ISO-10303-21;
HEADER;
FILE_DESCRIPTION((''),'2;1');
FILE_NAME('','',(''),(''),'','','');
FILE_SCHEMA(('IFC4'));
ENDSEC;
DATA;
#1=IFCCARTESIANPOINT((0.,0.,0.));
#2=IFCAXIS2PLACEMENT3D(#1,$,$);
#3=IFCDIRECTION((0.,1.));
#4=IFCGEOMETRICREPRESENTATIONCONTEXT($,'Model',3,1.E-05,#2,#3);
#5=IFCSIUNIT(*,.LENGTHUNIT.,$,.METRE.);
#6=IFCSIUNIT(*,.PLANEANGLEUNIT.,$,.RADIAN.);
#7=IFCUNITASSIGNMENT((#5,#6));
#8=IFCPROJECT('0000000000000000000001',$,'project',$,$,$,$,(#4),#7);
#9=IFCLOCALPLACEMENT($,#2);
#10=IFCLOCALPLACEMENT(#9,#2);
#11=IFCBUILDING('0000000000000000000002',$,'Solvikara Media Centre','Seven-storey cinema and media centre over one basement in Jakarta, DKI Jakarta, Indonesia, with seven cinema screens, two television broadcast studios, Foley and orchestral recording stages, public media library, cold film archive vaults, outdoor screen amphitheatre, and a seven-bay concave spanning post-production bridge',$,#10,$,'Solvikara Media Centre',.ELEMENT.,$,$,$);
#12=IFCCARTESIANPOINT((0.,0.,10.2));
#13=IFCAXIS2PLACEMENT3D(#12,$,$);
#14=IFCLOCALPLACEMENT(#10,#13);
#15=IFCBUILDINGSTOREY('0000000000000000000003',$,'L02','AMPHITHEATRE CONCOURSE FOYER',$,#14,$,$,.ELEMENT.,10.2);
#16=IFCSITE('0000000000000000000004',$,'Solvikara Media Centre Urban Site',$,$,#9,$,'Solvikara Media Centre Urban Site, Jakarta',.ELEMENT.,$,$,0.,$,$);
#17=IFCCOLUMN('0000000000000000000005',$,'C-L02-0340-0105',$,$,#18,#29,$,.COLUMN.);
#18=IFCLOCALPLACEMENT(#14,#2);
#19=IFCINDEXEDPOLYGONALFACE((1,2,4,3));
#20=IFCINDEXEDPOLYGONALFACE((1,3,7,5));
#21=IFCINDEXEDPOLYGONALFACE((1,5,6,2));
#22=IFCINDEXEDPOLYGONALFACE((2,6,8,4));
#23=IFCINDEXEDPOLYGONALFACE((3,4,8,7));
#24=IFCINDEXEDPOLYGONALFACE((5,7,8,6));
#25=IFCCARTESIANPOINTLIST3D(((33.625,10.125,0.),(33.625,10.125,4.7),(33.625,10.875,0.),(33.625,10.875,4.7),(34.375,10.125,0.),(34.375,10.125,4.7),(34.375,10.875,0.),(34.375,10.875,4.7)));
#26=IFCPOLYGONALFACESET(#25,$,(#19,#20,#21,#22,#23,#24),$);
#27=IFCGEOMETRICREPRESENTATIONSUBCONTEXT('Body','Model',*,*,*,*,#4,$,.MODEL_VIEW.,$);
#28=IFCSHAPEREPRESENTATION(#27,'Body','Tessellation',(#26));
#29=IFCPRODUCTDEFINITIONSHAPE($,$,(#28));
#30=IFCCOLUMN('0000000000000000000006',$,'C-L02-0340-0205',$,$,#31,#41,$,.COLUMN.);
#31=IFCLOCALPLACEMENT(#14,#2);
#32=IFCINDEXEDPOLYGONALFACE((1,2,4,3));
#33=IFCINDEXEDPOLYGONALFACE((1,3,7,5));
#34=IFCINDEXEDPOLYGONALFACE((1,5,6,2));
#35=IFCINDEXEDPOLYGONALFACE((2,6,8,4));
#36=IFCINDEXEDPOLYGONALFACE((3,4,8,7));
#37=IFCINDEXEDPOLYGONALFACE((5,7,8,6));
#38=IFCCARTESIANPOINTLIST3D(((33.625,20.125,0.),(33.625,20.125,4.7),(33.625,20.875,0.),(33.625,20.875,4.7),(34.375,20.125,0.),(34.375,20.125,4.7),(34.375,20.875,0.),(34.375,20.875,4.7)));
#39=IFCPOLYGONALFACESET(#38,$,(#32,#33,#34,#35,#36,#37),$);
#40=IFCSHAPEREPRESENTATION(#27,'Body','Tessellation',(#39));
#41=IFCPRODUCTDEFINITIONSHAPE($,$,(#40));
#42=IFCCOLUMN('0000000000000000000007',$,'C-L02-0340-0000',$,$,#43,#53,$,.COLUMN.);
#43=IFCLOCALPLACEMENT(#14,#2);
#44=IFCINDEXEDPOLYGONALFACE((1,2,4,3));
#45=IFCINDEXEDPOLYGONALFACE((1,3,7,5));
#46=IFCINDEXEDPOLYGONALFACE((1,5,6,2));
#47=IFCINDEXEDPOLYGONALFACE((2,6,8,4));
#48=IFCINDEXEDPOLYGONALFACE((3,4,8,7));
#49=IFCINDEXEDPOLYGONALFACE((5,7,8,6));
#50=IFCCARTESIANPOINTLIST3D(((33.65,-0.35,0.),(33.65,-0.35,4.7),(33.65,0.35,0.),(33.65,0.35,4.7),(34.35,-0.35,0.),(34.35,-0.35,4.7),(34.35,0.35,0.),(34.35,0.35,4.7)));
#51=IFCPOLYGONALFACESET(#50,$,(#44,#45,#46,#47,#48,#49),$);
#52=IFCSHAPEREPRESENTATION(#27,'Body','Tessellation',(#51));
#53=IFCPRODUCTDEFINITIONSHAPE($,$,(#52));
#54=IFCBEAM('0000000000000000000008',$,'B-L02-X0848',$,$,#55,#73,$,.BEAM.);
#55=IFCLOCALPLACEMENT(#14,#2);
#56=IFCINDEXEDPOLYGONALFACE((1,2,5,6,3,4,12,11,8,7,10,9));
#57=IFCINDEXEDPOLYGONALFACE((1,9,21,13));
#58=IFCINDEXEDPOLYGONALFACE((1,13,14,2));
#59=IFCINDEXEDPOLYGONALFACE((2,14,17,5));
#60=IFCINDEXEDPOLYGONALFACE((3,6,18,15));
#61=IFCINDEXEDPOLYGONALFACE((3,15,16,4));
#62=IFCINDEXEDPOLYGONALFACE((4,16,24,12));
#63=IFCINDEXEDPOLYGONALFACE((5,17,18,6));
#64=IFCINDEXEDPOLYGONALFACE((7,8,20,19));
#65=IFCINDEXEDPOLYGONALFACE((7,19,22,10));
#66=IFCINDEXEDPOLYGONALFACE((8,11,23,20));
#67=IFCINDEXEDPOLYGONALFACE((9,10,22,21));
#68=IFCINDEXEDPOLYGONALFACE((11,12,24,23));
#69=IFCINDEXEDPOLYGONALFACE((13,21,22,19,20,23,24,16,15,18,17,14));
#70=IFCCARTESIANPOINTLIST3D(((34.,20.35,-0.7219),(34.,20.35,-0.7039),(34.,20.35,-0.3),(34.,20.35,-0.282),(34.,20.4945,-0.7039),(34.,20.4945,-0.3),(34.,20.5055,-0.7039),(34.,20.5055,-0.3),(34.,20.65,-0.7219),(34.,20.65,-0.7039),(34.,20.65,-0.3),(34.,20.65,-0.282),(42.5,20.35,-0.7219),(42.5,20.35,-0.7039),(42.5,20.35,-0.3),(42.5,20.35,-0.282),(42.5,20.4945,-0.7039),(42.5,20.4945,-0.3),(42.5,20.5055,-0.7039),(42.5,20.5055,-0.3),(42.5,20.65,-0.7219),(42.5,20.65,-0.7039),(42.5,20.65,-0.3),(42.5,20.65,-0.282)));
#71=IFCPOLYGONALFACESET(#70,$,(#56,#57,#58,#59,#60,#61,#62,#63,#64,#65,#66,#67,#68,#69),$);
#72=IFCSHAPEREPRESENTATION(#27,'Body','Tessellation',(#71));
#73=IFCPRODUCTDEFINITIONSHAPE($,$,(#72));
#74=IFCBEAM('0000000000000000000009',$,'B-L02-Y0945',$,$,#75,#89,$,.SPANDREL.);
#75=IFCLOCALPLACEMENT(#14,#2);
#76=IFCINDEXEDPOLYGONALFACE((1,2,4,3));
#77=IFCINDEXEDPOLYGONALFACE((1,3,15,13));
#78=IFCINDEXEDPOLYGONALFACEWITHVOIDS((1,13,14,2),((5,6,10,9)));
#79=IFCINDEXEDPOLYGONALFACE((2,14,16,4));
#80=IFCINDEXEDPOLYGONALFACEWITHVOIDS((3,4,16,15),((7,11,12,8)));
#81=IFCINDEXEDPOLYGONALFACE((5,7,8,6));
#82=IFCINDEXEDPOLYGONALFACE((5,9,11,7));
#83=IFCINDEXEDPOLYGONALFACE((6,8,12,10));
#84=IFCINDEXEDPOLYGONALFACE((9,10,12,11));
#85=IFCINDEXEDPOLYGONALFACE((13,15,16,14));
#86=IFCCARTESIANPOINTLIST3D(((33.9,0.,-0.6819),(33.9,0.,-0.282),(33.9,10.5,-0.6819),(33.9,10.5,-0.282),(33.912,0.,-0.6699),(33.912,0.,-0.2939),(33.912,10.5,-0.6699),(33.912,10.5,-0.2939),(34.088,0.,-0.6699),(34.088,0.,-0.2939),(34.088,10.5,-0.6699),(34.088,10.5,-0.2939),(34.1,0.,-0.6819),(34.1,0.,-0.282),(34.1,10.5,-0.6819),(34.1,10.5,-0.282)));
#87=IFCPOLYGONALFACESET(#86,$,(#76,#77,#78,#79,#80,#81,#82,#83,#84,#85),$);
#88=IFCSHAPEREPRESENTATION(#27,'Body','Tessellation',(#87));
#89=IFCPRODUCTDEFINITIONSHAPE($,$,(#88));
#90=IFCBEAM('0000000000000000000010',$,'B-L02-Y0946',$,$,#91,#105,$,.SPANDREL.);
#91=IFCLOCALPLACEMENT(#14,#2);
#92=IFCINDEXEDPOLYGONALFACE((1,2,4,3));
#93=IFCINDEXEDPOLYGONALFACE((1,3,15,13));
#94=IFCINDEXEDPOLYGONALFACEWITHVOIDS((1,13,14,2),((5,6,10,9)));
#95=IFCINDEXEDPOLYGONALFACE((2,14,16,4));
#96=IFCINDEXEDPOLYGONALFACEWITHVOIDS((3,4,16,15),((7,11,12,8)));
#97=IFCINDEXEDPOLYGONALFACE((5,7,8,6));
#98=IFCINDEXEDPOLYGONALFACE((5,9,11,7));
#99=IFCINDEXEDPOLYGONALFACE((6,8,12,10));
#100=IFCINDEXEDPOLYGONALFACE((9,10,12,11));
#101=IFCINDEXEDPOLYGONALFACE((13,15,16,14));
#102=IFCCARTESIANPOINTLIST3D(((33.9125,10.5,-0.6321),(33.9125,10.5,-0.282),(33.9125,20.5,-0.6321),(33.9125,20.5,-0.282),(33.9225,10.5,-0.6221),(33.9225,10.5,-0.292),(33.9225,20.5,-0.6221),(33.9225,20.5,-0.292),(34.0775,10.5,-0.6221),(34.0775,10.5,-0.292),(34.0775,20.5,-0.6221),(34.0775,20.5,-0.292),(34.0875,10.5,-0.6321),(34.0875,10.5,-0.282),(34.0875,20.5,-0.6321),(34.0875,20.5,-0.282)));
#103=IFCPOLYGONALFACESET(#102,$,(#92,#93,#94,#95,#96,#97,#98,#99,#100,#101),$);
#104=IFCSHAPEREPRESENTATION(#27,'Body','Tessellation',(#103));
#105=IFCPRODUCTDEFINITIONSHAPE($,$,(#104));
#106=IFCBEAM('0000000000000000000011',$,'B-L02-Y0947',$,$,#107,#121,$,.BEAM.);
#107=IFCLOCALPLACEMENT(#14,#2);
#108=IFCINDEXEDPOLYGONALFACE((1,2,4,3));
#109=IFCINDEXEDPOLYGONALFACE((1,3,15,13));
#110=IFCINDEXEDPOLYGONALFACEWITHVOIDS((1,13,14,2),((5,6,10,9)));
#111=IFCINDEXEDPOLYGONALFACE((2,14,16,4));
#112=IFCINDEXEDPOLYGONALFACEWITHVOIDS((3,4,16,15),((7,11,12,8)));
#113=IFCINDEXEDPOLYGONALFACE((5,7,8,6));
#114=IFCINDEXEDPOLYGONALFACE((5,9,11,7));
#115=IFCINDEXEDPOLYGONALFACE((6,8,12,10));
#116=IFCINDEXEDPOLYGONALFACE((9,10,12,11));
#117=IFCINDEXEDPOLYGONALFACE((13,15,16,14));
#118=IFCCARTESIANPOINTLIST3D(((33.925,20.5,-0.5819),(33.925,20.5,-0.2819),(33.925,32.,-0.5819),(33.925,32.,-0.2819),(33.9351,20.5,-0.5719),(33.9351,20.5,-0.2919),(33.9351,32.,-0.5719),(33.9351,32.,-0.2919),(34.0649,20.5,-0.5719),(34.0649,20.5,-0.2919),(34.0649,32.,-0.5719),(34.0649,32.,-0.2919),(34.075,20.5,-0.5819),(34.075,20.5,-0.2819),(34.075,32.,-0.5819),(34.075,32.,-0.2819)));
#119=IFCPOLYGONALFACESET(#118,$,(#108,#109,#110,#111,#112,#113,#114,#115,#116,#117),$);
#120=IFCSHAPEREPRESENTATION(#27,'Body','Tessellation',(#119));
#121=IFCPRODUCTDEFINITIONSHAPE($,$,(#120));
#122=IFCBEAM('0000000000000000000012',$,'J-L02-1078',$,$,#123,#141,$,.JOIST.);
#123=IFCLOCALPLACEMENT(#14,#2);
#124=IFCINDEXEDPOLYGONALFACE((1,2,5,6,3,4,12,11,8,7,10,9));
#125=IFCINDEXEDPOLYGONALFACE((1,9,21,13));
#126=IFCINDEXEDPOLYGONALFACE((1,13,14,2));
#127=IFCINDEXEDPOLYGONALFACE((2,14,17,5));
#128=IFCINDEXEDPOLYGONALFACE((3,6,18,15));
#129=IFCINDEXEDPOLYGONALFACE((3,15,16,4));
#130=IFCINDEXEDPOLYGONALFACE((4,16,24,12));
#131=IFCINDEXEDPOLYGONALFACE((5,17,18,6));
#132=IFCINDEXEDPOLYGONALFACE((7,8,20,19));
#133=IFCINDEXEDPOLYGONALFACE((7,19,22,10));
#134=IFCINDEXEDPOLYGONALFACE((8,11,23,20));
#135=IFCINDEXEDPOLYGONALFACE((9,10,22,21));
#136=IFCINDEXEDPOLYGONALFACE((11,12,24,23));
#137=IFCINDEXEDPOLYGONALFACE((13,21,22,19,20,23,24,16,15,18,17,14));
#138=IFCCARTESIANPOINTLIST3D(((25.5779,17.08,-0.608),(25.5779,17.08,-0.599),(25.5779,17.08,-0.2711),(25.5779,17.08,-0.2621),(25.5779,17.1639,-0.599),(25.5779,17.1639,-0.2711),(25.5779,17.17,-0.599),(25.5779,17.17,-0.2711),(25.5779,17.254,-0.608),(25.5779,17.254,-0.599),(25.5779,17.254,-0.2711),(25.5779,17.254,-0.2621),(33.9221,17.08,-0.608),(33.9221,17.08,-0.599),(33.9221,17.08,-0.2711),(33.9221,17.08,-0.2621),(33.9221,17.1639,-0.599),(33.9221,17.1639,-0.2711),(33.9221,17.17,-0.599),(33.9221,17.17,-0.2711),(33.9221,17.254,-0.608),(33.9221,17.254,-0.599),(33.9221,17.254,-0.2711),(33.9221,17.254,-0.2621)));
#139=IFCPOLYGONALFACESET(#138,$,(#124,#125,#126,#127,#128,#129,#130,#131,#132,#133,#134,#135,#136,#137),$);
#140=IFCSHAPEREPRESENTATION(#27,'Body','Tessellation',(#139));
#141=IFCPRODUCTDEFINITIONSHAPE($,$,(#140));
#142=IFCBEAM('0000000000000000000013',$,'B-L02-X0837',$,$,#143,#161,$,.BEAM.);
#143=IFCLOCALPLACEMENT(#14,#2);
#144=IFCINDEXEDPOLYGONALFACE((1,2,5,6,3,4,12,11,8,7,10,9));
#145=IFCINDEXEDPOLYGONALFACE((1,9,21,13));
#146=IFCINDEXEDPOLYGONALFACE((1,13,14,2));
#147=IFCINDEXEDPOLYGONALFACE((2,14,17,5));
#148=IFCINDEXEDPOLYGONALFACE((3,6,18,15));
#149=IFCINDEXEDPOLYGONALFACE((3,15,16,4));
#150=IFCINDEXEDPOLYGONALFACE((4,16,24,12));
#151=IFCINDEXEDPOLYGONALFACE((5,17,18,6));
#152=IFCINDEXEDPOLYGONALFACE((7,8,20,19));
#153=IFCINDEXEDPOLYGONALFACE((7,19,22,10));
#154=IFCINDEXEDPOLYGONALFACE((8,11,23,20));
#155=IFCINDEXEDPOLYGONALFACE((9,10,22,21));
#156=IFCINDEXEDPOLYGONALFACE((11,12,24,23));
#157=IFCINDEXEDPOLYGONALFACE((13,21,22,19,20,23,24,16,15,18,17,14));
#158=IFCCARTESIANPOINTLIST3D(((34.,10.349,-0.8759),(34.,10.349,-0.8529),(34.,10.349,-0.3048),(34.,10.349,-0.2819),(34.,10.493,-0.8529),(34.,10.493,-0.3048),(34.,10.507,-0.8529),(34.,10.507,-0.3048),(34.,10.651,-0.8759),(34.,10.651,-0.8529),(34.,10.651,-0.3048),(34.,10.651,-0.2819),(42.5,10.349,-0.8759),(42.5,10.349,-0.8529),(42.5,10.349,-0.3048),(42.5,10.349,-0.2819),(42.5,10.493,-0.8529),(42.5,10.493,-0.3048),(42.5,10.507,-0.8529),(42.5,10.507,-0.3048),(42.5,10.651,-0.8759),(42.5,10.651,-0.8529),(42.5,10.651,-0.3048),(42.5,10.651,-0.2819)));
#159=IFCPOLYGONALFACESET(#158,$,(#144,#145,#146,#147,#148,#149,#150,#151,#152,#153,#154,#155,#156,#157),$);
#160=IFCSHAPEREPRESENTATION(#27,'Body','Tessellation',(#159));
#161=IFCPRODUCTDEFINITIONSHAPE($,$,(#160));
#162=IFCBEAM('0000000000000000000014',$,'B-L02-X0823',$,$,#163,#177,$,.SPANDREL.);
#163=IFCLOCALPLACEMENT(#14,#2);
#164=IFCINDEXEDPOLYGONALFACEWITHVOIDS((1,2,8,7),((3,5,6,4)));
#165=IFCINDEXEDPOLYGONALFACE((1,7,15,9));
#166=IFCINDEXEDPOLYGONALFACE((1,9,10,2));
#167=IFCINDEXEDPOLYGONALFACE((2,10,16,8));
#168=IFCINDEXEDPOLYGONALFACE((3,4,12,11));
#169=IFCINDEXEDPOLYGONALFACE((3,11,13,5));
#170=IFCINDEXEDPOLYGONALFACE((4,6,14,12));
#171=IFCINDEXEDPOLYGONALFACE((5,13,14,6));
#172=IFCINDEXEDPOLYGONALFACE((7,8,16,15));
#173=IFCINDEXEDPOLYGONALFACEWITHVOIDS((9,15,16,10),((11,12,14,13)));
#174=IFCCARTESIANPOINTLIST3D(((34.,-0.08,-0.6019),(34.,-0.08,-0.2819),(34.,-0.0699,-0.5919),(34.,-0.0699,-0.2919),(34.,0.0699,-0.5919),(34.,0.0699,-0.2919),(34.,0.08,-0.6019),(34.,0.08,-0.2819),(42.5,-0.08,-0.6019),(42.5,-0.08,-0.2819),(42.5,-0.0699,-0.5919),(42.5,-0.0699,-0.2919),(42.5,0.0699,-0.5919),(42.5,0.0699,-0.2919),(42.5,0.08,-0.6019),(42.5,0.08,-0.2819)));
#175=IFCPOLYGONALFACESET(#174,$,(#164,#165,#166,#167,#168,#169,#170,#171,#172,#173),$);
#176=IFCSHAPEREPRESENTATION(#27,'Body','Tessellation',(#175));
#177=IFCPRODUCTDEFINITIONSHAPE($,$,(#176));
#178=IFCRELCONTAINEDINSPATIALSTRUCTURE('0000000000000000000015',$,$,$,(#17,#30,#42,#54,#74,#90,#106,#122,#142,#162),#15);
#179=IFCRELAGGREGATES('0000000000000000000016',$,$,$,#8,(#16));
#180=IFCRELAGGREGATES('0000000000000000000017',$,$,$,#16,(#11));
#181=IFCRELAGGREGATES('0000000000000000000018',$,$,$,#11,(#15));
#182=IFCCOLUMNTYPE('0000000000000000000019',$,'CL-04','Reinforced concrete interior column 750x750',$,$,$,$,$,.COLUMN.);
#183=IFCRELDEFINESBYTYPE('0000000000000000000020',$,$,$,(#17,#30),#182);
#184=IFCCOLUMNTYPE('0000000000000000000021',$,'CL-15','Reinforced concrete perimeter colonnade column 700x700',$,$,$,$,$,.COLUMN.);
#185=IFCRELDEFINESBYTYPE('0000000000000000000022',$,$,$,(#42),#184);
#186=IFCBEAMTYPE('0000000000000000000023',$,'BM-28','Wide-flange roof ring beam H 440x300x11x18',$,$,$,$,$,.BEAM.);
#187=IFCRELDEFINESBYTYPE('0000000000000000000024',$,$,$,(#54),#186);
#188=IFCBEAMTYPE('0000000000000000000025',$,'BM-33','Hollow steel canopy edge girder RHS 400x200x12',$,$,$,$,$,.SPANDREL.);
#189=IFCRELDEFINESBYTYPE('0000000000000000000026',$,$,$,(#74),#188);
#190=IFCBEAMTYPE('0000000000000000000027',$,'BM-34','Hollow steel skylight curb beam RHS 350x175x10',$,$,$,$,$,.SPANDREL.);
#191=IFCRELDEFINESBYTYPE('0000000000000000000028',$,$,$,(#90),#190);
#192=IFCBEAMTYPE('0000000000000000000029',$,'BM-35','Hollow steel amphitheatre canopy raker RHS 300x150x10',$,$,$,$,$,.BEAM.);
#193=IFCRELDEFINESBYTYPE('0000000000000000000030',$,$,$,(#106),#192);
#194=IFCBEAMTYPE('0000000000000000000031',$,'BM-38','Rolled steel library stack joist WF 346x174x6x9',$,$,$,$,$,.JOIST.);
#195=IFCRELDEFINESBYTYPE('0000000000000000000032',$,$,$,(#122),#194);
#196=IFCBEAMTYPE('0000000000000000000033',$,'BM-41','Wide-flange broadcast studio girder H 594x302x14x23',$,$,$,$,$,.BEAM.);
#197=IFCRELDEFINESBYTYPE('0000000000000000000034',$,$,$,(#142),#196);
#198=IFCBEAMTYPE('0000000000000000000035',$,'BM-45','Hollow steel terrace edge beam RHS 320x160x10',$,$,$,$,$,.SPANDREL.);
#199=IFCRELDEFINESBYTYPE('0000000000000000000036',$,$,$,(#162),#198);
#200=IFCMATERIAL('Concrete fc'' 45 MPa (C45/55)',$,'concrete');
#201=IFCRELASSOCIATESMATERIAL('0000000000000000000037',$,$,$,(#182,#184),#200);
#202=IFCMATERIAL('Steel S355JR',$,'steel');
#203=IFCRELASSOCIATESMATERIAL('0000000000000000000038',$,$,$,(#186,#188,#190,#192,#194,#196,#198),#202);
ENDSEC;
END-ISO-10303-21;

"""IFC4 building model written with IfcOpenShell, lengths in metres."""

from ifc_helpers import new_model, si_unit, direction, frame, origin, origin_2d, place, context, subcontext, project, spatial, rectangle, hollow_rectangle, i_section, extrude, material, material_profile, profile_set, type_object, element, save


model = new_model("IFC4")

# Units and contexts
model_context = context("Model", 3, precision=1e-05, world=origin(), true_north=direction((0.0, 1.0)))
body_context = subcontext(model_context, "Body", "Model", "MODEL_VIEW")
ifc_project = project(units=[si_unit("LENGTHUNIT", "METRE"), si_unit("PLANEANGLEUNIT", "RADIAN")], contexts=[model_context])

# Site, building, storey
site_placement = place(None, origin())
site = spatial("IfcSite", under=ifc_project, at=site_placement, Name="Solvikara Media Centre Urban Site", LongName="Solvikara Media Centre Urban Site, Jakarta", CompositionType="ELEMENT", RefElevation=0.0)
building_placement = place(site_placement, origin())
building = spatial("IfcBuilding", under=site, at=building_placement, Name="Solvikara Media Centre", Description="Seven-storey cinema and media centre over one basement in Jakarta, DKI Jakarta, Indonesia, with seven cinema screens, two television broadcast studios, Foley and orchestral recording stages, public media library, cold film archive vaults, outdoor screen amphitheatre, and a seven-bay concave spanning post-production bridge", LongName="Solvikara Media Centre", CompositionType="ELEMENT")
storey_placement = place(building_placement, frame((0.0, 0.0, 10.2)))
storey = spatial("IfcBuildingStorey", under=building, at=storey_placement, Name="L02", Description="AMPHITHEATRE CONCOURSE FOYER", CompositionType="ELEMENT", Elevation=10.2)

# Columns
ifc_material_1 = material(Name="Concrete fc' 45 MPa (C45/55)", Category="concrete")
ifc_material_profile_1 = material_profile(ifc_material_1, rectangle(XDim=0.75, YDim=0.75, at=origin_2d()), Name="RC 750x750")
ifc_profile_set_1 = profile_set([ifc_material_profile_1], Name="Concrete fc' 45 MPa (C45/55)")
column_type_1 = type_object("IfcColumnType", Name="CL-04", Description="Reinforced concrete interior column 750x750", PredefinedType="COLUMN", material=ifc_profile_set_1)
for number, where, z_axis, x_axis, name in (
    (1, (34.0, 10.5, 0.0), (0.0, 0.0, 1.0), (1.0, 0.0, 0.0), "C-L02-0340-0105"),
    (2, (34.0, 20.5, 0.0), (0.0, 0.0, 1.0), (1.0, 0.0, 0.0), "C-L02-0340-0205"),
):
    element("IfcColumn", number, at=place(storey_placement, frame(where, z_axis=z_axis, x_axis=x_axis)), inside=storey, type_object=column_type_1, Name=name, PredefinedType="COLUMN", context=body_context, shape_type="SweptSolid", body=[
        extrude(rectangle(XDim=0.75, YDim=0.75, at=origin_2d()), origin(), (0.0, 0.0, 1.0), 4.7),
    ])
ifc_material_profile_2 = material_profile(ifc_material_1, rectangle(XDim=0.7, YDim=0.7, at=origin_2d()), Name="RC 700x700")
ifc_profile_set_2 = profile_set([ifc_material_profile_2], Name="Concrete fc' 45 MPa (C45/55)")
column_type_2 = type_object("IfcColumnType", Name="CL-15", Description="Reinforced concrete perimeter colonnade column 700x700", PredefinedType="COLUMN", material=ifc_profile_set_2)
column_placement = place(storey_placement, frame((34.0, 0.0, 0.0), z_axis=(0.0, 0.0, 1.0), x_axis=(1.0, 0.0, 0.0)))
element("IfcColumn", 3, at=column_placement, inside=storey, type_object=column_type_2, Name="C-L02-0340-0000", PredefinedType="COLUMN", context=body_context, shape_type="SweptSolid", body=[
    extrude(rectangle(XDim=0.7, YDim=0.7, at=origin_2d()), origin(), (0.0, 0.0, 1.0), 4.7),
])

# Beams
ifc_material_2 = material(Name="Steel S355JR", Category="steel")
ifc_material_profile_3 = material_profile(ifc_material_2, i_section(OverallWidth=0.3, OverallDepth=0.4399, WebThickness=0.011, FlangeThickness=0.0181, at=origin_2d()), Name="H 440x300x11x18")
ifc_profile_set_3 = profile_set([ifc_material_profile_3], Name="Steel S355JR")
beam_type_1 = type_object("IfcBeamType", Name="BM-28", Description="Wide-flange roof ring beam H 440x300x11x18", PredefinedType="BEAM", material=ifc_profile_set_3)
beam_1_placement = place(storey_placement, frame((34.0, 20.5, -0.502), z_axis=(1.0, 0.0, 0.0), x_axis=(0.0, 1.0, 0.0)))
element("IfcBeam", 4, at=beam_1_placement, inside=storey, type_object=beam_type_1, Name="B-L02-X0848", PredefinedType="BEAM", context=body_context, shape_type="SweptSolid", body=[
    extrude(i_section(OverallWidth=0.3, OverallDepth=0.4399, WebThickness=0.011, FlangeThickness=0.0181, at=origin_2d()), origin(), (0.0, 0.0, 1.0), 8.5),
])
ifc_material_profile_4 = material_profile(ifc_material_2, hollow_rectangle(XDim=0.2, YDim=0.3999, WallThickness=0.012, at=origin_2d()), Name="RHS 400x200x12")
ifc_profile_set_4 = profile_set([ifc_material_profile_4], Name="Steel S355JR")
beam_type_2 = type_object("IfcBeamType", Name="BM-33", Description="Hollow steel canopy edge girder RHS 400x200x12", PredefinedType="SPANDREL", material=ifc_profile_set_4)
beam_2_placement = place(storey_placement, frame((34.0, 0.0, -0.4819), z_axis=(0.0, 1.0, 0.0), x_axis=(-1.0, 0.0, 0.0)))
element("IfcBeam", 5, at=beam_2_placement, inside=storey, type_object=beam_type_2, Name="B-L02-Y0945", PredefinedType="SPANDREL", context=body_context, shape_type="SweptSolid", body=[
    extrude(hollow_rectangle(XDim=0.2, YDim=0.3999, WallThickness=0.012, at=origin_2d()), origin(), (0.0, 0.0, 1.0), 10.5),
])
ifc_material_profile_5 = material_profile(ifc_material_2, hollow_rectangle(XDim=0.175, YDim=0.3501, WallThickness=0.01, at=origin_2d()), Name="RHS 350x175x10")
ifc_profile_set_5 = profile_set([ifc_material_profile_5], Name="Steel S355JR")
beam_type_3 = type_object("IfcBeamType", Name="BM-34", Description="Hollow steel skylight curb beam RHS 350x175x10", PredefinedType="SPANDREL", material=ifc_profile_set_5)
beam_3_placement = place(storey_placement, frame((34.0, 10.5, -0.457), z_axis=(0.0, 1.0, 0.0), x_axis=(-1.0, 0.0, 0.0)))
element("IfcBeam", 6, at=beam_3_placement, inside=storey, type_object=beam_type_3, Name="B-L02-Y0946", PredefinedType="SPANDREL", context=body_context, shape_type="SweptSolid", body=[
    extrude(hollow_rectangle(XDim=0.175, YDim=0.3501, WallThickness=0.01, at=origin_2d()), origin(), (0.0, 0.0, 1.0), 10.0),
])
ifc_material_profile_6 = material_profile(ifc_material_2, hollow_rectangle(XDim=0.1499, YDim=0.3, WallThickness=0.01, at=origin_2d()), Name="RHS 300x150x10")
ifc_profile_set_6 = profile_set([ifc_material_profile_6], Name="Steel S355JR")
beam_type_4 = type_object("IfcBeamType", Name="BM-35", Description="Hollow steel amphitheatre canopy raker RHS 300x150x10", PredefinedType="BEAM", material=ifc_profile_set_6)
beam_4_placement = place(storey_placement, frame((34.0, 20.5, -0.4319), z_axis=(0.0, 1.0, 0.0), x_axis=(-1.0, 0.0, 0.0)))
element("IfcBeam", 7, at=beam_4_placement, inside=storey, type_object=beam_type_4, Name="B-L02-Y0947", PredefinedType="BEAM", context=body_context, shape_type="SweptSolid", body=[
    extrude(hollow_rectangle(XDim=0.1499, YDim=0.3, WallThickness=0.01, at=origin_2d()), origin(), (0.0, 0.0, 1.0), 11.5),
])
ifc_material_profile_7 = material_profile(ifc_material_2, i_section(OverallWidth=0.1741, OverallDepth=0.3459, WebThickness=0.0061, FlangeThickness=0.009, at=origin_2d()), Name="WF 346x174x6x9")
ifc_profile_set_7 = profile_set([ifc_material_profile_7], Name="Steel S355JR")
beam_type_5 = type_object("IfcBeamType", Name="BM-38", Description="Rolled steel library stack joist WF 346x174x6x9", PredefinedType="JOIST", material=ifc_profile_set_7)
beam_5_placement = place(storey_placement, frame((25.5779, 17.167, -0.4351), z_axis=(1.0, 0.0, 0.0), x_axis=(0.0, 1.0, 0.0)))
element("IfcBeam", 8, at=beam_5_placement, inside=storey, type_object=beam_type_5, Name="J-L02-1078", PredefinedType="JOIST", context=body_context, shape_type="SweptSolid", body=[
    extrude(i_section(OverallWidth=0.1741, OverallDepth=0.3459, WebThickness=0.0061, FlangeThickness=0.009, at=origin_2d()), origin(), (0.0, 0.0, 1.0), 8.3442),
])
ifc_material_profile_8 = material_profile(ifc_material_2, i_section(OverallWidth=0.302, OverallDepth=0.594, WebThickness=0.0139, FlangeThickness=0.0229, at=origin_2d()), Name="H 594x302x14x23")
ifc_profile_set_8 = profile_set([ifc_material_profile_8], Name="Steel S355JR")
beam_type_6 = type_object("IfcBeamType", Name="BM-41", Description="Wide-flange broadcast studio girder H 594x302x14x23", PredefinedType="BEAM", material=ifc_profile_set_8)
beam_6_placement = place(storey_placement, frame((34.0, 10.5, -0.5789), z_axis=(1.0, 0.0, 0.0), x_axis=(0.0, 1.0, 0.0)))
element("IfcBeam", 9, at=beam_6_placement, inside=storey, type_object=beam_type_6, Name="B-L02-X0837", PredefinedType="BEAM", context=body_context, shape_type="SweptSolid", body=[
    extrude(i_section(OverallWidth=0.302, OverallDepth=0.594, WebThickness=0.0139, FlangeThickness=0.0229, at=origin_2d()), origin(), (0.0, 0.0, 1.0), 8.5),
])
ifc_material_profile_9 = material_profile(ifc_material_2, hollow_rectangle(XDim=0.1599, YDim=0.3201, WallThickness=0.01, at=origin_2d()), Name="RHS 320x160x10")
ifc_profile_set_9 = profile_set([ifc_material_profile_9], Name="Steel S355JR")
beam_type_7 = type_object("IfcBeamType", Name="BM-45", Description="Hollow steel terrace edge beam RHS 320x160x10", PredefinedType="SPANDREL", material=ifc_profile_set_9)
beam_7_placement = place(storey_placement, frame((34.0, 0.0, -0.4419), z_axis=(1.0, 0.0, 0.0), x_axis=(0.0, 1.0, 0.0)))
element("IfcBeam", 10, at=beam_7_placement, inside=storey, type_object=beam_type_7, Name="B-L02-X0823", PredefinedType="SPANDREL", context=body_context, shape_type="SweptSolid", body=[
    extrude(hollow_rectangle(XDim=0.1599, YDim=0.3201, WallThickness=0.01, at=origin_2d()), origin(), (0.0, 0.0, 1.0), 8.5),
])

save(model, "model.ifc")
